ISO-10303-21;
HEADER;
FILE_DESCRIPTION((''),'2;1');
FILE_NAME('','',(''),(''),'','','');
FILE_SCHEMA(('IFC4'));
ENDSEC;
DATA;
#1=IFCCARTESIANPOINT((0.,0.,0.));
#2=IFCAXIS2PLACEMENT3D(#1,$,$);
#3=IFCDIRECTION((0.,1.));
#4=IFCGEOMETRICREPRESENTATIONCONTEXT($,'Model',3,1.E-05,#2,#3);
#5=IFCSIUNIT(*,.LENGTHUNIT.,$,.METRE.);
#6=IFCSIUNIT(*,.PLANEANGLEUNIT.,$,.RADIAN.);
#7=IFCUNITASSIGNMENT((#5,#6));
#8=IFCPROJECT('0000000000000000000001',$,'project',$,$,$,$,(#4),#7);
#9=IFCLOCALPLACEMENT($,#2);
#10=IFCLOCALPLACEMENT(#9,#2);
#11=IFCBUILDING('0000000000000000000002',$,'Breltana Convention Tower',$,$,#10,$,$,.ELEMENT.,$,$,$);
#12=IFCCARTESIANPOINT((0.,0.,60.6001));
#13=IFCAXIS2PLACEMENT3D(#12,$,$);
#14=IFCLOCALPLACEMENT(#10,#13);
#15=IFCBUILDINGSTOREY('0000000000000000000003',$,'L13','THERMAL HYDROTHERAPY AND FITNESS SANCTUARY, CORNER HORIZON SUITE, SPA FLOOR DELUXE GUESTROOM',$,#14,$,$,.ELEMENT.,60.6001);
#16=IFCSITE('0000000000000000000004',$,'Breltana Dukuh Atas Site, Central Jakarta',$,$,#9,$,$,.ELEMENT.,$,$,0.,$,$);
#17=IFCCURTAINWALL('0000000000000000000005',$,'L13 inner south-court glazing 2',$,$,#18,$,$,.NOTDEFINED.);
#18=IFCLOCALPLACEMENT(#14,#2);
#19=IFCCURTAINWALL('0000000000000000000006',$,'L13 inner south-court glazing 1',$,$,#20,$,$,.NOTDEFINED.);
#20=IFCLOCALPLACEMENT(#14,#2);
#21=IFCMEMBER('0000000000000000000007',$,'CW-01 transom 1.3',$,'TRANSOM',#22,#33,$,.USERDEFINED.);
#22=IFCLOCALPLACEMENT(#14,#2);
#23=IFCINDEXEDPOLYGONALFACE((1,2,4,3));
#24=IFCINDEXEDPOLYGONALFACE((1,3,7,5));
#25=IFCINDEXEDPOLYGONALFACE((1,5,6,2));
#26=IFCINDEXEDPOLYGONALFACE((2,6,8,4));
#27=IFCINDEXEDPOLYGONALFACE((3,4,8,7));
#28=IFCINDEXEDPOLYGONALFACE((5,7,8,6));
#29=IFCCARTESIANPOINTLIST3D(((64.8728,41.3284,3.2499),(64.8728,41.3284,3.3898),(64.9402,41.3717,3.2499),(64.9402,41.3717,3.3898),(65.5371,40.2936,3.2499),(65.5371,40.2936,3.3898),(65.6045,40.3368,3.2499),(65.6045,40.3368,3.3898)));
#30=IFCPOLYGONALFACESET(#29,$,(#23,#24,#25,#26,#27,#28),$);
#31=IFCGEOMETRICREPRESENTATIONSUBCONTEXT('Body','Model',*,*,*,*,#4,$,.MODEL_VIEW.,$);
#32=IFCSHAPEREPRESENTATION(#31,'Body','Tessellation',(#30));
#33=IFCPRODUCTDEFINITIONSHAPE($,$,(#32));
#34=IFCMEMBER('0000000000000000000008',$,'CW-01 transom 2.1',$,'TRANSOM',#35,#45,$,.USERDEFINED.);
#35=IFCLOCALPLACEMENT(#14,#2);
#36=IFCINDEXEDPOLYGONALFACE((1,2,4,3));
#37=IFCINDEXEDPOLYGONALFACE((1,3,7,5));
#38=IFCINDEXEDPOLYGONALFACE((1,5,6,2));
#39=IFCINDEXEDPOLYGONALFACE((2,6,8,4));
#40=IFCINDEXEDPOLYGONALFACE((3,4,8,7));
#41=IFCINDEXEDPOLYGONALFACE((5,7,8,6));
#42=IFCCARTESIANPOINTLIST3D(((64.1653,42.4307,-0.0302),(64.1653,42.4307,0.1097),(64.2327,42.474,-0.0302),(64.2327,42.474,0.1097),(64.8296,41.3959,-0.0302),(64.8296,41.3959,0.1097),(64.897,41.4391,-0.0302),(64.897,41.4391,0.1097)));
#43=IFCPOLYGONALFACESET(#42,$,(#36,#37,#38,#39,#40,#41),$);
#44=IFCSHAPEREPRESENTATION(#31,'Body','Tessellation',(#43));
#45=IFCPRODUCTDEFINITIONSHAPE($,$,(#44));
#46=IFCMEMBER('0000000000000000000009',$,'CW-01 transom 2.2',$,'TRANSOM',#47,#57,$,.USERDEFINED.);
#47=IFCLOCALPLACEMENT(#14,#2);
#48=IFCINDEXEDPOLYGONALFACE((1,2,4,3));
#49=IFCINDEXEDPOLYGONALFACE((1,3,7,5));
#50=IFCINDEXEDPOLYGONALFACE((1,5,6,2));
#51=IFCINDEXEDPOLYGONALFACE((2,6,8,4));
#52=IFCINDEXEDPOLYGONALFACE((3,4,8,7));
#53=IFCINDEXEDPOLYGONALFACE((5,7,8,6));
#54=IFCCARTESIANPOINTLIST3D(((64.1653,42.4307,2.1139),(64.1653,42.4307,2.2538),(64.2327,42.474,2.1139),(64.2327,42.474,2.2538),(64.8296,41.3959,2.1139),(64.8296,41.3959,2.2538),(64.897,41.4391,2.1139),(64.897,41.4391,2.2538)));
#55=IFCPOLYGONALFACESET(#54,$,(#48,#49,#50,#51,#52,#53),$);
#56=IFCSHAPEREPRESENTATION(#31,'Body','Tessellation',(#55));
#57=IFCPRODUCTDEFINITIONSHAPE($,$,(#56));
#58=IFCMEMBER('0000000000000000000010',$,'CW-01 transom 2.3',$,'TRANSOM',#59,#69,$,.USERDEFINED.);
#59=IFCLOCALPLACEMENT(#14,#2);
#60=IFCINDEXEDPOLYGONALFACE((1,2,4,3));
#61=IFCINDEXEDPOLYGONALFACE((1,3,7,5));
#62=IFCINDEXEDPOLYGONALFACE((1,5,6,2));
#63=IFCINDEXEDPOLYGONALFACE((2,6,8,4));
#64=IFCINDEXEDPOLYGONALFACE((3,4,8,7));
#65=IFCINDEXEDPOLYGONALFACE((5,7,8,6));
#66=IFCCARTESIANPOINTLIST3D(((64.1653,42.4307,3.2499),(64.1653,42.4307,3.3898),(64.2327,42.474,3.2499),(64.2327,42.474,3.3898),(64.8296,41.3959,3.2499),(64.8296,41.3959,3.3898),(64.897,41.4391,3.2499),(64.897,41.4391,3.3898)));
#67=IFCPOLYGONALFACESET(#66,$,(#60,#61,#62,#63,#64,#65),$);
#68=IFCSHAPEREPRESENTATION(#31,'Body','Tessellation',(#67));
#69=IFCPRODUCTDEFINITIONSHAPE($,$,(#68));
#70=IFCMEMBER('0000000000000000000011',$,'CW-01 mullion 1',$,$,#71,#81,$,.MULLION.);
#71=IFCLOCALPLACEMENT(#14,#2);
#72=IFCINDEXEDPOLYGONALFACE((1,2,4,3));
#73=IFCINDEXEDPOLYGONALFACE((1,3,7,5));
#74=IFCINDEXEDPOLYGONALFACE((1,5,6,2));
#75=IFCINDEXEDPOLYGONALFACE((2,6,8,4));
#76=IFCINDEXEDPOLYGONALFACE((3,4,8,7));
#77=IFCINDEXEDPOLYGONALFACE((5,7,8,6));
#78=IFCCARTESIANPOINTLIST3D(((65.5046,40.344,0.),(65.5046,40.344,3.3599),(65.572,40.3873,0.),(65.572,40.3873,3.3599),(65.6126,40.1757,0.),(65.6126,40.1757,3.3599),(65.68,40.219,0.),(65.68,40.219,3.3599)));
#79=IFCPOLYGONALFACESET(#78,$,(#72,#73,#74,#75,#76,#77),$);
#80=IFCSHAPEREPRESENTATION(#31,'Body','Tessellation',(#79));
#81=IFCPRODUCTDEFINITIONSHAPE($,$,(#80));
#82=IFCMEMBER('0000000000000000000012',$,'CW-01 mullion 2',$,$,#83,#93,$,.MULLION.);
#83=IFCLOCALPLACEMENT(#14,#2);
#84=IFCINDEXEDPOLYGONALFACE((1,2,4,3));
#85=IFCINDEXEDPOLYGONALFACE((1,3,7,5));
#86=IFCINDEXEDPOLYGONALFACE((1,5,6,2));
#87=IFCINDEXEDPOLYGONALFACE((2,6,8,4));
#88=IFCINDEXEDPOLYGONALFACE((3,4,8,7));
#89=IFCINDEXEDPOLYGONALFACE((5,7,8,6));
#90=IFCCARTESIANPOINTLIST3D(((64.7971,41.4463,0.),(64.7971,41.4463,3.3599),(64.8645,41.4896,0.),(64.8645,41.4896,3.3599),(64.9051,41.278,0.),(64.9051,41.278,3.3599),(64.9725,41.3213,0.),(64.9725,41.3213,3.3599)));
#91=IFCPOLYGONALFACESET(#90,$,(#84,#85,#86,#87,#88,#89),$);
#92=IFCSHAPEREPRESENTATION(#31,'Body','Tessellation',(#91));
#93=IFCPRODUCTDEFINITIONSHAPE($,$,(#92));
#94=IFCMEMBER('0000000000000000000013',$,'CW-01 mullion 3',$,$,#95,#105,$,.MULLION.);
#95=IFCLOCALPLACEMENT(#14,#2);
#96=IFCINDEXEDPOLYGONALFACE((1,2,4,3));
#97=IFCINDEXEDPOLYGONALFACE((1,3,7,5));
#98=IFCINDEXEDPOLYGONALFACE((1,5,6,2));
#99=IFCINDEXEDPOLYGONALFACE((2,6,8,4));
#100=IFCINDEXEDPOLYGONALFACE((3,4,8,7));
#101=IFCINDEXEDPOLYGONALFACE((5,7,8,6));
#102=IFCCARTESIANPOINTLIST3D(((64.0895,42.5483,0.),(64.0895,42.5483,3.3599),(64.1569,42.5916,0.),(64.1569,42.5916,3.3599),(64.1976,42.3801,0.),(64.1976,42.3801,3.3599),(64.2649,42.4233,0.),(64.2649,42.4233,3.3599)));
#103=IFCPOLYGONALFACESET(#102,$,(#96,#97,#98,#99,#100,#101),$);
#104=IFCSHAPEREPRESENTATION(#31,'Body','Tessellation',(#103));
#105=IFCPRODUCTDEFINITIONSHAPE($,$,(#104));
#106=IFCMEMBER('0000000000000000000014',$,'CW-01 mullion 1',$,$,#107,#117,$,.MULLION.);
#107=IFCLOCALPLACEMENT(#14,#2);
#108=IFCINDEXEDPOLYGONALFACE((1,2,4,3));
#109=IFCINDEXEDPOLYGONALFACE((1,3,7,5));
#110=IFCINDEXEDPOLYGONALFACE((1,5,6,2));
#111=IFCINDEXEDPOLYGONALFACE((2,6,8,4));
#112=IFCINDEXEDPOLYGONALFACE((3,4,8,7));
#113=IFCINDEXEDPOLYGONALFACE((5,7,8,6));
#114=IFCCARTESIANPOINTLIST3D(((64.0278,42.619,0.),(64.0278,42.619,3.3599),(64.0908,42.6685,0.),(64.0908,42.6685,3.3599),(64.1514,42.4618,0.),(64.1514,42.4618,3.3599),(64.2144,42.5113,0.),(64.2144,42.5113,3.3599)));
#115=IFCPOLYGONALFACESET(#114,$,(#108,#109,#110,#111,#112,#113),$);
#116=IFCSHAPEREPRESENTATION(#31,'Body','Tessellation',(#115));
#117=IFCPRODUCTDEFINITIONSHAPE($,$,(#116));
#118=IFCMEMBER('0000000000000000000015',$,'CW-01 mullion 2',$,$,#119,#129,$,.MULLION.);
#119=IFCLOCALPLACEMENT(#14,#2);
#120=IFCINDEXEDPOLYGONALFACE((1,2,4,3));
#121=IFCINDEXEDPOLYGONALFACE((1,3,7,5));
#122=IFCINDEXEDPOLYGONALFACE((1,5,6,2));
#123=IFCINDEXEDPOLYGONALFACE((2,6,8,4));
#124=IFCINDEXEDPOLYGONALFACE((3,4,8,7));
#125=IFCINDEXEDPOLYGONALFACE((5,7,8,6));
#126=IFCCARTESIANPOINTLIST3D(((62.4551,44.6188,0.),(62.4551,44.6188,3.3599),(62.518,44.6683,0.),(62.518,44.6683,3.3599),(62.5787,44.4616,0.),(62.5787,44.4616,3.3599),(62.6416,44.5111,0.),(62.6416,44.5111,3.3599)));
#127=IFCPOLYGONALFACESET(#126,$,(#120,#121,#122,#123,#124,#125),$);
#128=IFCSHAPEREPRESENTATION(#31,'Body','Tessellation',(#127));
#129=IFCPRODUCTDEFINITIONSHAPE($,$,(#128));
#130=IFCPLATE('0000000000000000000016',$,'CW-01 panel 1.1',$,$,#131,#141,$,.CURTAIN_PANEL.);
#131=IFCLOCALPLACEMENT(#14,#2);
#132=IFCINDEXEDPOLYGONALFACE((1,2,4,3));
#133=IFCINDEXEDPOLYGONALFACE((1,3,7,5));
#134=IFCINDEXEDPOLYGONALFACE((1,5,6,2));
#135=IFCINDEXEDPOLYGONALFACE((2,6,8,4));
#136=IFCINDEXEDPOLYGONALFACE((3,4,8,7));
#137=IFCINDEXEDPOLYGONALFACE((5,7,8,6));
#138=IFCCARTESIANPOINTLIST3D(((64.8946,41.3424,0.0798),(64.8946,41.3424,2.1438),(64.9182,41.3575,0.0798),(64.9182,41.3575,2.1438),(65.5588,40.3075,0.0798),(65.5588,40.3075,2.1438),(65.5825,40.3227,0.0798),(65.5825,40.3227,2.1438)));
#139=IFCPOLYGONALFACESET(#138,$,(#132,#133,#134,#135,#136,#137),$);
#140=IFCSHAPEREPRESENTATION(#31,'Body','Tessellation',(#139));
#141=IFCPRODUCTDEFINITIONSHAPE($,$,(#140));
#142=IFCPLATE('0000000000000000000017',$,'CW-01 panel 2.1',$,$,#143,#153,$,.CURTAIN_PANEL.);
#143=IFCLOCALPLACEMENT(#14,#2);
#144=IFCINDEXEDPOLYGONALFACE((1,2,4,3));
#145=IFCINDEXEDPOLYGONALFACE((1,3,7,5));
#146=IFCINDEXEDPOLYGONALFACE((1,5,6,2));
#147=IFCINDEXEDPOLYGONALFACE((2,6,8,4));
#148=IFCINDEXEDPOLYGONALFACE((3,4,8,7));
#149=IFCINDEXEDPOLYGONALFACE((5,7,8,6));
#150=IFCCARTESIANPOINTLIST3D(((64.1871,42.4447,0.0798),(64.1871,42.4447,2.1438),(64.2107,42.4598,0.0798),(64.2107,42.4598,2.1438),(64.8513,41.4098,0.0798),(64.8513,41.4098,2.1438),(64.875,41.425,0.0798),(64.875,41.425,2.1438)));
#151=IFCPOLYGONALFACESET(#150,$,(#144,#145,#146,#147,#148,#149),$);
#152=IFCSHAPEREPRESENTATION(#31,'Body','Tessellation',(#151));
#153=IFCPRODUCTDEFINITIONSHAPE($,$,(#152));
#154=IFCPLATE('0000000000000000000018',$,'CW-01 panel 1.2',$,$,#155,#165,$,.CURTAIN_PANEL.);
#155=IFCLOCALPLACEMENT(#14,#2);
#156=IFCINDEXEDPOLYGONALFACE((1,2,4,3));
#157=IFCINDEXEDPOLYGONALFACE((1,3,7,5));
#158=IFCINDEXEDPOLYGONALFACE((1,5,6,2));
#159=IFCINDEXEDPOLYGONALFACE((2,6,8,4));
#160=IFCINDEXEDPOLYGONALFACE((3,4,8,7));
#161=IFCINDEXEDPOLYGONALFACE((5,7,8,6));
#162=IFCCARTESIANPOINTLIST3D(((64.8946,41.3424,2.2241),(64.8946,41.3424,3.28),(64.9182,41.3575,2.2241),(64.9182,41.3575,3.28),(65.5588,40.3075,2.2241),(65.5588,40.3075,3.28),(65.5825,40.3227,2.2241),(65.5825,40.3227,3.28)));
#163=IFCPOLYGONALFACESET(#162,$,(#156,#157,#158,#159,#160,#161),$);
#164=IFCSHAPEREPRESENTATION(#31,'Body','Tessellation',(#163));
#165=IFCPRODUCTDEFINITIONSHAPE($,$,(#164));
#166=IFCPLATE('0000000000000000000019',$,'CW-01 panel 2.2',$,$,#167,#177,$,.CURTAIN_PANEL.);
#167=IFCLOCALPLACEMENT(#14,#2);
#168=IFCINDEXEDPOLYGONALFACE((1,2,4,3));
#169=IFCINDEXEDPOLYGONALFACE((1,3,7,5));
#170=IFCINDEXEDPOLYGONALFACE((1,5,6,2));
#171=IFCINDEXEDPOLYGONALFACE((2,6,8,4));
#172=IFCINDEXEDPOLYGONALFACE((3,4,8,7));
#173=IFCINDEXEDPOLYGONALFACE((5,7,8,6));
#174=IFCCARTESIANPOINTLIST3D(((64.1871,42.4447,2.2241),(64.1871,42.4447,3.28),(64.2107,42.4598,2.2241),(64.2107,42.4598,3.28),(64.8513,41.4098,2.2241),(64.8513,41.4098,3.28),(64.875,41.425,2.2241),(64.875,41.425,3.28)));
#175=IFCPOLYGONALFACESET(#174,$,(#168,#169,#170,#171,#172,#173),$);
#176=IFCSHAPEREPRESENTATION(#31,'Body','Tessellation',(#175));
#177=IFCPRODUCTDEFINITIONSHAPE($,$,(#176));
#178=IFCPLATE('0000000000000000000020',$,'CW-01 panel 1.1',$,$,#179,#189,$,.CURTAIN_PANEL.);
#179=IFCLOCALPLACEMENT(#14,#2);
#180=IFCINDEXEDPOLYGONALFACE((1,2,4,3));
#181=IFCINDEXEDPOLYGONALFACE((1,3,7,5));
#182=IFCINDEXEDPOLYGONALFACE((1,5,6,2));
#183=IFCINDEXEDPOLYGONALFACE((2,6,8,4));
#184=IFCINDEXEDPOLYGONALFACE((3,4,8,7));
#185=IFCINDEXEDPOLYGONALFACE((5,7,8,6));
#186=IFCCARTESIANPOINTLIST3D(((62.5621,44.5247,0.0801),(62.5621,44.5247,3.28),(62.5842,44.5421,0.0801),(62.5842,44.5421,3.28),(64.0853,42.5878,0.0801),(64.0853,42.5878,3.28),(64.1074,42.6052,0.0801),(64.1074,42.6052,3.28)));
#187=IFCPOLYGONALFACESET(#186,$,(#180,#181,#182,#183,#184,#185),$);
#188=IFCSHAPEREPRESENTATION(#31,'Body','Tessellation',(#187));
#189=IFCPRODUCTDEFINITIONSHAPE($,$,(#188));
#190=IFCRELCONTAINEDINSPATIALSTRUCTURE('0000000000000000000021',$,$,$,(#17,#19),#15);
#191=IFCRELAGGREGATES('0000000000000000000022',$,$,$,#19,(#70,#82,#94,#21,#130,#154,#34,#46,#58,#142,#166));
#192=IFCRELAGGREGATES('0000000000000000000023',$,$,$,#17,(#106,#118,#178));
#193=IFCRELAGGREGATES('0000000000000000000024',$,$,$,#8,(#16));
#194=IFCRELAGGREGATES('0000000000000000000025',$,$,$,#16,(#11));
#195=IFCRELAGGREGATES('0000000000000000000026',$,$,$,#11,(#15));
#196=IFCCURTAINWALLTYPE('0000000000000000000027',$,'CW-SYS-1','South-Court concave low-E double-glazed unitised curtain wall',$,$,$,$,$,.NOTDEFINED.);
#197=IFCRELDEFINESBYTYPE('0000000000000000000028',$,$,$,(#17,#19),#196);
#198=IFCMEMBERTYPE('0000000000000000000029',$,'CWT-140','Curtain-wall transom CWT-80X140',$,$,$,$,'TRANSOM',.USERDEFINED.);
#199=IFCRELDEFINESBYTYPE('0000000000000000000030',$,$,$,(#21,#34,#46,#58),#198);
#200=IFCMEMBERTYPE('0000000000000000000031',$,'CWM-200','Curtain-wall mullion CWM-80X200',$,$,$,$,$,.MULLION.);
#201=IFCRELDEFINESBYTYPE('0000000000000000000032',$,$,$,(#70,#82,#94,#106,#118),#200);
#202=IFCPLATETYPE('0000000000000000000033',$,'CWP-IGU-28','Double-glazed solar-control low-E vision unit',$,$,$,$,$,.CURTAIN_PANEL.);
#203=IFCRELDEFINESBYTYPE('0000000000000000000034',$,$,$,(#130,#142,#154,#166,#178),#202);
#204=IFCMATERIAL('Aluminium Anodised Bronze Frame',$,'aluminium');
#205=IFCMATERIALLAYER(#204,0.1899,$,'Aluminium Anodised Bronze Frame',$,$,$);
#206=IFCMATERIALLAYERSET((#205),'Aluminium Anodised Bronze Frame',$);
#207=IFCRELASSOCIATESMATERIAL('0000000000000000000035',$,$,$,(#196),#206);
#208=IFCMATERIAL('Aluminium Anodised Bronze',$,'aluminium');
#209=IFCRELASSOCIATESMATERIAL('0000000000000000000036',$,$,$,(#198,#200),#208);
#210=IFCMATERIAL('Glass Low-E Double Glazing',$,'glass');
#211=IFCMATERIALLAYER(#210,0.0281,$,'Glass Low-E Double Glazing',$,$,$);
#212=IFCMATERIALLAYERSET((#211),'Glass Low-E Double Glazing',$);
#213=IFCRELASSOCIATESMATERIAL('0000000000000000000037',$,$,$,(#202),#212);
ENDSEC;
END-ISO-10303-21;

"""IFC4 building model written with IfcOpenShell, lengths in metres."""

from ifc_helpers import new_model, si_unit, direction, frame, origin, origin_2d, place, context, subcontext, project, spatial, rectangle, extrude, source, transform, mapped, material, layer, layer_set, material_profile, profile_set, type_object, element, aggregate, save


model = new_model("IFC4")

# Units and contexts
model_context = context("Model", 3, precision=1e-05, world=origin(), true_north=direction((0.0, 1.0)))
body_context = subcontext(model_context, "Body", "Model", "MODEL_VIEW")
ifc_project = project(units=[si_unit("LENGTHUNIT", "METRE"), si_unit("PLANEANGLEUNIT", "RADIAN")], contexts=[model_context])

# Site, building, storey
site_placement = place(None, origin())
site = spatial("IfcSite", under=ifc_project, at=site_placement, Name="Breltana Dukuh Atas Site, Central Jakarta", CompositionType="ELEMENT", RefElevation=0.0)
building_placement = place(site_placement, origin())
building = spatial("IfcBuilding", under=site, at=building_placement, Name="Breltana Convention Tower", CompositionType="ELEMENT")
storey_placement = place(building_placement, frame((0.0, 0.0, 60.6001)))
storey = spatial("IfcBuildingStorey", under=building, at=storey_placement, Name="L13", Description="THERMAL HYDROTHERAPY AND FITNESS SANCTUARY, CORNER HORIZON SUITE, SPA FLOOR DELUXE GUESTROOM", CompositionType="ELEMENT", Elevation=60.6001)

# Curtain walls, members
ifc_material_1 = material(Name="Aluminium Anodised Bronze Frame", Category="aluminium")
ifc_layer_1 = layer(ifc_material_1, 0.1899, Name="Aluminium Anodised Bronze Frame")
ifc_layer_set_1 = layer_set([ifc_layer_1], Name="Aluminium Anodised Bronze Frame")
curtain_wall_type = type_object("IfcCurtainWallType", Name="CW-SYS-1", Description="South-Court concave low-E double-glazed unitised curtain wall", PredefinedType="NOTDEFINED", material=ifc_layer_set_1)
curtain_wall_1_placement = place(storey_placement, origin())
curtain_wall_1 = element("IfcCurtainWall", 1, at=curtain_wall_1_placement, inside=storey, type_object=curtain_wall_type, Name="L13 inner south-court glazing 2", PredefinedType="NOTDEFINED")
ifc_material_2 = material(Name="Aluminium Anodised Bronze", Category="aluminium")
ifc_material_profile_1 = material_profile(ifc_material_2, rectangle(XDim=0.0801, YDim=0.1399, at=origin_2d()), Name="CWT-80X140")
ifc_profile_set_1 = profile_set([ifc_material_profile_1], Name="Aluminium Anodised Bronze")
member_type_1 = type_object("IfcMemberType", Name="CWT-140", Description="Curtain-wall transom CWT-80X140", ElementType="TRANSOM", PredefinedType="USERDEFINED", material=ifc_profile_set_1)
curtain_wall_2_placement = place(storey_placement, origin())
curtain_wall_2 = element("IfcCurtainWall", 2, at=curtain_wall_2_placement, inside=storey, type_object=curtain_wall_type, Name="L13 inner south-court glazing 1", PredefinedType="NOTDEFINED")
shared_shape_1 = source(origin(), body_context, "Body", "SweptSolid", [
    extrude(rectangle(XDim=0.0801, YDim=0.1399, at=origin_2d()), origin(), (0.0, 0.0, 1.0), 1.2297),
])
member_1_placement = place(storey_placement, frame((65.5708, 40.3152, 3.3198), z_axis=(-0.540186, 0.841546, 0.0), x_axis=(-0.841546, -0.540186, 0.0)))
member_1 = element("IfcMember", 3, at=member_1_placement, type_object=member_type_1, Name="CW-01 transom 1.3", ObjectType="TRANSOM", PredefinedType="USERDEFINED", context=body_context, shape_type="MappedRepresentation", body=[
    mapped(shared_shape_1, transform((0.0, 0.0, 0.0), scale=1.0)),
])
member_2_placement = place(storey_placement, frame((64.8633, 41.4175, 0.0398), z_axis=(-0.540186, 0.841546, 0.0), x_axis=(-0.841546, -0.540186, 0.0)))
member_2 = element("IfcMember", 4, at=member_2_placement, type_object=member_type_1, Name="CW-01 transom 2.1", ObjectType="TRANSOM", PredefinedType="USERDEFINED", context=body_context, shape_type="MappedRepresentation", body=[
    mapped(shared_shape_1, transform((0.0, 0.0, 0.0), scale=1.0)),
])
member_3_placement = place(storey_placement, frame((64.8633, 41.4175, 2.1838), z_axis=(-0.540186, 0.841546, 0.0), x_axis=(-0.841546, -0.540186, 0.0)))
member_3 = element("IfcMember", 5, at=member_3_placement, type_object=member_type_1, Name="CW-01 transom 2.2", ObjectType="TRANSOM", PredefinedType="USERDEFINED", context=body_context, shape_type="MappedRepresentation", body=[
    mapped(shared_shape_1, transform((0.0, 0.0, 0.0), scale=1.0)),
])
member_4_placement = place(storey_placement, frame((64.8633, 41.4175, 3.3198), z_axis=(-0.540186, 0.841546, 0.0), x_axis=(-0.841546, -0.540186, 0.0)))
member_4 = element("IfcMember", 6, at=member_4_placement, type_object=member_type_1, Name="CW-01 transom 2.3", ObjectType="TRANSOM", PredefinedType="USERDEFINED", context=body_context, shape_type="MappedRepresentation", body=[
    mapped(shared_shape_1, transform((0.0, 0.0, 0.0), scale=1.0)),
])
ifc_material_profile_2 = material_profile(ifc_material_2, rectangle(XDim=0.0801, YDim=0.2, at=origin_2d()), Name="CWM-80X200")
ifc_profile_set_2 = profile_set([ifc_material_profile_2], Name="Aluminium Anodised Bronze")
member_type_2 = type_object("IfcMemberType", Name="CWM-200", Description="Curtain-wall mullion CWM-80X200", PredefinedType="MULLION", material=ifc_profile_set_2)
shared_shape_2 = source(origin(), body_context, "Body", "SweptSolid", [
    extrude(rectangle(XDim=0.0801, YDim=0.2, at=origin_2d()), origin(), (0.0, 0.0, 1.0), 3.3599),
])
member_5_placement = place(storey_placement, frame((65.5923, 40.2815, 0.0), z_axis=(0.0, 0.0, 1.0), x_axis=(-0.841556, -0.54017, 0.0)))
member_5 = element("IfcMember", 7, at=member_5_placement, type_object=member_type_2, Name="CW-01 mullion 1", PredefinedType="MULLION", context=body_context, shape_type="MappedRepresentation", body=[
    mapped(shared_shape_2, transform((0.0, 0.0, 0.0), scale=1.0)),
])
member_6_placement = place(storey_placement, frame((64.8848, 41.3838, 0.0), z_axis=(0.0, 0.0, 1.0), x_axis=(-0.841556, -0.54017, 0.0)))
member_6 = element("IfcMember", 8, at=member_6_placement, type_object=member_type_2, Name="CW-01 mullion 2", PredefinedType="MULLION", context=body_context, shape_type="MappedRepresentation", body=[
    mapped(shared_shape_2, transform((0.0, 0.0, 0.0), scale=1.0)),
])
member_7_placement = place(storey_placement, frame((64.1772, 42.4858, 0.0), z_axis=(0.0, 0.0, 1.0), x_axis=(-0.841556, -0.54017, 0.0)))
member_7 = element("IfcMember", 9, at=member_7_placement, type_object=member_type_2, Name="CW-01 mullion 3", PredefinedType="MULLION", context=body_context, shape_type="MappedRepresentation", body=[
    mapped(shared_shape_2, transform((0.0, 0.0, 0.0), scale=1.0)),
])

# Members
member_8_placement = place(storey_placement, frame((64.1211, 42.5652, 0.0), z_axis=(0.0, 0.0, 1.0), x_axis=(-0.786058, -0.618153, 0.0)))
member_8 = element("IfcMember", 10, at=member_8_placement, type_object=member_type_2, Name="CW-01 mullion 1", PredefinedType="MULLION", context=body_context, shape_type="MappedRepresentation", body=[
    mapped(shared_shape_2, transform((0.0, 0.0, 0.0), scale=1.0)),
])
member_9_placement = place(storey_placement, frame((62.5483, 44.5649, 0.0), z_axis=(0.0, 0.0, 1.0), x_axis=(-0.786058, -0.618153, 0.0)))
member_9 = element("IfcMember", 11, at=member_9_placement, type_object=member_type_2, Name="CW-01 mullion 2", PredefinedType="MULLION", context=body_context, shape_type="MappedRepresentation", body=[
    mapped(shared_shape_2, transform((0.0, 0.0, 0.0), scale=1.0)),
])

# Plates
ifc_material_3 = material(Name="Glass Low-E Double Glazing", Category="glass")
ifc_layer_2 = layer(ifc_material_3, 0.0281, Name="Glass Low-E Double Glazing")
ifc_layer_set_2 = layer_set([ifc_layer_2], Name="Glass Low-E Double Glazing")
plate_type = type_object("IfcPlateType", Name="CWP-IGU-28", Description="Double-glazed solar-control low-E vision unit", PredefinedType="CURTAIN_PANEL", material=ifc_layer_set_2)
shared_shape_3 = source(origin(), body_context, "Body", "SweptSolid", [
    extrude(rectangle(XDim=1.2297, YDim=0.0281, at=origin_2d()), origin(), (0.0, 0.0, 1.0), 2.064),
])
plate_1_placement = place(storey_placement, frame((65.2385, 40.8325, 0.0798), z_axis=(0.0, 0.0, 1.0), x_axis=(-0.54017, 0.841556, 0.0)))
plate_1 = element("IfcPlate", 12, at=plate_1_placement, type_object=plate_type, Name="CW-01 panel 1.1", PredefinedType="CURTAIN_PANEL", context=body_context, shape_type="MappedRepresentation", body=[
    mapped(shared_shape_3, transform((0.0, 0.0, 0.0), scale=1.0)),
])
plate_2_placement = place(storey_placement, frame((64.531, 41.9348, 0.0798), z_axis=(0.0, 0.0, 1.0), x_axis=(-0.54017, 0.841556, 0.0)))
plate_2 = element("IfcPlate", 13, at=plate_2_placement, type_object=plate_type, Name="CW-01 panel 2.1", PredefinedType="CURTAIN_PANEL", context=body_context, shape_type="MappedRepresentation", body=[
    mapped(shared_shape_3, transform((0.0, 0.0, 0.0), scale=1.0)),
])
shared_shape_4 = source(origin(), body_context, "Body", "SweptSolid", [
    extrude(rectangle(XDim=1.2297, YDim=0.0281, at=origin_2d()), origin(), (0.0, 0.0, 1.0), 1.0559),
])
plate_3_placement = place(storey_placement, frame((65.2385, 40.8325, 2.2241), z_axis=(0.0, 0.0, 1.0), x_axis=(-0.54017, 0.841556, 0.0)))
plate_3 = element("IfcPlate", 14, at=plate_3_placement, type_object=plate_type, Name="CW-01 panel 1.2", PredefinedType="CURTAIN_PANEL", context=body_context, shape_type="MappedRepresentation", body=[
    mapped(shared_shape_4, transform((0.0, 0.0, 0.0), scale=1.0)),
])
plate_4_placement = place(storey_placement, frame((64.531, 41.9348, 2.2241), z_axis=(0.0, 0.0, 1.0), x_axis=(-0.54017, 0.841556, 0.0)))
plate_4 = element("IfcPlate", 15, at=plate_4_placement, type_object=plate_type, Name="CW-01 panel 2.2", PredefinedType="CURTAIN_PANEL", context=body_context, shape_type="MappedRepresentation", body=[
    mapped(shared_shape_4, transform((0.0, 0.0, 0.0), scale=1.0)),
])
aggregate(curtain_wall_2, [member_5, member_6, member_7, member_1, plate_1, plate_3, member_2, member_3, member_4, plate_2, plate_4])
shared_shape_5 = source(origin(), body_context, "Body", "SweptSolid", [
    extrude(rectangle(XDim=2.4641, YDim=0.0281, at=origin_2d()), origin(), (0.0, 0.0, 1.0), 3.2),
])
plate_5_placement = place(storey_placement, frame((63.3347, 43.5649, 0.0801), z_axis=(0.0, 0.0, 1.0), x_axis=(-0.618153, 0.786058, 0.0)))
plate_5 = element("IfcPlate", 16, at=plate_5_placement, type_object=plate_type, Name="CW-01 panel 1.1", PredefinedType="CURTAIN_PANEL", context=body_context, shape_type="MappedRepresentation", body=[
    mapped(shared_shape_5, transform((0.0, 0.0, 0.0), scale=1.0)),
])
aggregate(curtain_wall_1, [member_8, member_9, plate_5])

save(model, "model.ifc")
